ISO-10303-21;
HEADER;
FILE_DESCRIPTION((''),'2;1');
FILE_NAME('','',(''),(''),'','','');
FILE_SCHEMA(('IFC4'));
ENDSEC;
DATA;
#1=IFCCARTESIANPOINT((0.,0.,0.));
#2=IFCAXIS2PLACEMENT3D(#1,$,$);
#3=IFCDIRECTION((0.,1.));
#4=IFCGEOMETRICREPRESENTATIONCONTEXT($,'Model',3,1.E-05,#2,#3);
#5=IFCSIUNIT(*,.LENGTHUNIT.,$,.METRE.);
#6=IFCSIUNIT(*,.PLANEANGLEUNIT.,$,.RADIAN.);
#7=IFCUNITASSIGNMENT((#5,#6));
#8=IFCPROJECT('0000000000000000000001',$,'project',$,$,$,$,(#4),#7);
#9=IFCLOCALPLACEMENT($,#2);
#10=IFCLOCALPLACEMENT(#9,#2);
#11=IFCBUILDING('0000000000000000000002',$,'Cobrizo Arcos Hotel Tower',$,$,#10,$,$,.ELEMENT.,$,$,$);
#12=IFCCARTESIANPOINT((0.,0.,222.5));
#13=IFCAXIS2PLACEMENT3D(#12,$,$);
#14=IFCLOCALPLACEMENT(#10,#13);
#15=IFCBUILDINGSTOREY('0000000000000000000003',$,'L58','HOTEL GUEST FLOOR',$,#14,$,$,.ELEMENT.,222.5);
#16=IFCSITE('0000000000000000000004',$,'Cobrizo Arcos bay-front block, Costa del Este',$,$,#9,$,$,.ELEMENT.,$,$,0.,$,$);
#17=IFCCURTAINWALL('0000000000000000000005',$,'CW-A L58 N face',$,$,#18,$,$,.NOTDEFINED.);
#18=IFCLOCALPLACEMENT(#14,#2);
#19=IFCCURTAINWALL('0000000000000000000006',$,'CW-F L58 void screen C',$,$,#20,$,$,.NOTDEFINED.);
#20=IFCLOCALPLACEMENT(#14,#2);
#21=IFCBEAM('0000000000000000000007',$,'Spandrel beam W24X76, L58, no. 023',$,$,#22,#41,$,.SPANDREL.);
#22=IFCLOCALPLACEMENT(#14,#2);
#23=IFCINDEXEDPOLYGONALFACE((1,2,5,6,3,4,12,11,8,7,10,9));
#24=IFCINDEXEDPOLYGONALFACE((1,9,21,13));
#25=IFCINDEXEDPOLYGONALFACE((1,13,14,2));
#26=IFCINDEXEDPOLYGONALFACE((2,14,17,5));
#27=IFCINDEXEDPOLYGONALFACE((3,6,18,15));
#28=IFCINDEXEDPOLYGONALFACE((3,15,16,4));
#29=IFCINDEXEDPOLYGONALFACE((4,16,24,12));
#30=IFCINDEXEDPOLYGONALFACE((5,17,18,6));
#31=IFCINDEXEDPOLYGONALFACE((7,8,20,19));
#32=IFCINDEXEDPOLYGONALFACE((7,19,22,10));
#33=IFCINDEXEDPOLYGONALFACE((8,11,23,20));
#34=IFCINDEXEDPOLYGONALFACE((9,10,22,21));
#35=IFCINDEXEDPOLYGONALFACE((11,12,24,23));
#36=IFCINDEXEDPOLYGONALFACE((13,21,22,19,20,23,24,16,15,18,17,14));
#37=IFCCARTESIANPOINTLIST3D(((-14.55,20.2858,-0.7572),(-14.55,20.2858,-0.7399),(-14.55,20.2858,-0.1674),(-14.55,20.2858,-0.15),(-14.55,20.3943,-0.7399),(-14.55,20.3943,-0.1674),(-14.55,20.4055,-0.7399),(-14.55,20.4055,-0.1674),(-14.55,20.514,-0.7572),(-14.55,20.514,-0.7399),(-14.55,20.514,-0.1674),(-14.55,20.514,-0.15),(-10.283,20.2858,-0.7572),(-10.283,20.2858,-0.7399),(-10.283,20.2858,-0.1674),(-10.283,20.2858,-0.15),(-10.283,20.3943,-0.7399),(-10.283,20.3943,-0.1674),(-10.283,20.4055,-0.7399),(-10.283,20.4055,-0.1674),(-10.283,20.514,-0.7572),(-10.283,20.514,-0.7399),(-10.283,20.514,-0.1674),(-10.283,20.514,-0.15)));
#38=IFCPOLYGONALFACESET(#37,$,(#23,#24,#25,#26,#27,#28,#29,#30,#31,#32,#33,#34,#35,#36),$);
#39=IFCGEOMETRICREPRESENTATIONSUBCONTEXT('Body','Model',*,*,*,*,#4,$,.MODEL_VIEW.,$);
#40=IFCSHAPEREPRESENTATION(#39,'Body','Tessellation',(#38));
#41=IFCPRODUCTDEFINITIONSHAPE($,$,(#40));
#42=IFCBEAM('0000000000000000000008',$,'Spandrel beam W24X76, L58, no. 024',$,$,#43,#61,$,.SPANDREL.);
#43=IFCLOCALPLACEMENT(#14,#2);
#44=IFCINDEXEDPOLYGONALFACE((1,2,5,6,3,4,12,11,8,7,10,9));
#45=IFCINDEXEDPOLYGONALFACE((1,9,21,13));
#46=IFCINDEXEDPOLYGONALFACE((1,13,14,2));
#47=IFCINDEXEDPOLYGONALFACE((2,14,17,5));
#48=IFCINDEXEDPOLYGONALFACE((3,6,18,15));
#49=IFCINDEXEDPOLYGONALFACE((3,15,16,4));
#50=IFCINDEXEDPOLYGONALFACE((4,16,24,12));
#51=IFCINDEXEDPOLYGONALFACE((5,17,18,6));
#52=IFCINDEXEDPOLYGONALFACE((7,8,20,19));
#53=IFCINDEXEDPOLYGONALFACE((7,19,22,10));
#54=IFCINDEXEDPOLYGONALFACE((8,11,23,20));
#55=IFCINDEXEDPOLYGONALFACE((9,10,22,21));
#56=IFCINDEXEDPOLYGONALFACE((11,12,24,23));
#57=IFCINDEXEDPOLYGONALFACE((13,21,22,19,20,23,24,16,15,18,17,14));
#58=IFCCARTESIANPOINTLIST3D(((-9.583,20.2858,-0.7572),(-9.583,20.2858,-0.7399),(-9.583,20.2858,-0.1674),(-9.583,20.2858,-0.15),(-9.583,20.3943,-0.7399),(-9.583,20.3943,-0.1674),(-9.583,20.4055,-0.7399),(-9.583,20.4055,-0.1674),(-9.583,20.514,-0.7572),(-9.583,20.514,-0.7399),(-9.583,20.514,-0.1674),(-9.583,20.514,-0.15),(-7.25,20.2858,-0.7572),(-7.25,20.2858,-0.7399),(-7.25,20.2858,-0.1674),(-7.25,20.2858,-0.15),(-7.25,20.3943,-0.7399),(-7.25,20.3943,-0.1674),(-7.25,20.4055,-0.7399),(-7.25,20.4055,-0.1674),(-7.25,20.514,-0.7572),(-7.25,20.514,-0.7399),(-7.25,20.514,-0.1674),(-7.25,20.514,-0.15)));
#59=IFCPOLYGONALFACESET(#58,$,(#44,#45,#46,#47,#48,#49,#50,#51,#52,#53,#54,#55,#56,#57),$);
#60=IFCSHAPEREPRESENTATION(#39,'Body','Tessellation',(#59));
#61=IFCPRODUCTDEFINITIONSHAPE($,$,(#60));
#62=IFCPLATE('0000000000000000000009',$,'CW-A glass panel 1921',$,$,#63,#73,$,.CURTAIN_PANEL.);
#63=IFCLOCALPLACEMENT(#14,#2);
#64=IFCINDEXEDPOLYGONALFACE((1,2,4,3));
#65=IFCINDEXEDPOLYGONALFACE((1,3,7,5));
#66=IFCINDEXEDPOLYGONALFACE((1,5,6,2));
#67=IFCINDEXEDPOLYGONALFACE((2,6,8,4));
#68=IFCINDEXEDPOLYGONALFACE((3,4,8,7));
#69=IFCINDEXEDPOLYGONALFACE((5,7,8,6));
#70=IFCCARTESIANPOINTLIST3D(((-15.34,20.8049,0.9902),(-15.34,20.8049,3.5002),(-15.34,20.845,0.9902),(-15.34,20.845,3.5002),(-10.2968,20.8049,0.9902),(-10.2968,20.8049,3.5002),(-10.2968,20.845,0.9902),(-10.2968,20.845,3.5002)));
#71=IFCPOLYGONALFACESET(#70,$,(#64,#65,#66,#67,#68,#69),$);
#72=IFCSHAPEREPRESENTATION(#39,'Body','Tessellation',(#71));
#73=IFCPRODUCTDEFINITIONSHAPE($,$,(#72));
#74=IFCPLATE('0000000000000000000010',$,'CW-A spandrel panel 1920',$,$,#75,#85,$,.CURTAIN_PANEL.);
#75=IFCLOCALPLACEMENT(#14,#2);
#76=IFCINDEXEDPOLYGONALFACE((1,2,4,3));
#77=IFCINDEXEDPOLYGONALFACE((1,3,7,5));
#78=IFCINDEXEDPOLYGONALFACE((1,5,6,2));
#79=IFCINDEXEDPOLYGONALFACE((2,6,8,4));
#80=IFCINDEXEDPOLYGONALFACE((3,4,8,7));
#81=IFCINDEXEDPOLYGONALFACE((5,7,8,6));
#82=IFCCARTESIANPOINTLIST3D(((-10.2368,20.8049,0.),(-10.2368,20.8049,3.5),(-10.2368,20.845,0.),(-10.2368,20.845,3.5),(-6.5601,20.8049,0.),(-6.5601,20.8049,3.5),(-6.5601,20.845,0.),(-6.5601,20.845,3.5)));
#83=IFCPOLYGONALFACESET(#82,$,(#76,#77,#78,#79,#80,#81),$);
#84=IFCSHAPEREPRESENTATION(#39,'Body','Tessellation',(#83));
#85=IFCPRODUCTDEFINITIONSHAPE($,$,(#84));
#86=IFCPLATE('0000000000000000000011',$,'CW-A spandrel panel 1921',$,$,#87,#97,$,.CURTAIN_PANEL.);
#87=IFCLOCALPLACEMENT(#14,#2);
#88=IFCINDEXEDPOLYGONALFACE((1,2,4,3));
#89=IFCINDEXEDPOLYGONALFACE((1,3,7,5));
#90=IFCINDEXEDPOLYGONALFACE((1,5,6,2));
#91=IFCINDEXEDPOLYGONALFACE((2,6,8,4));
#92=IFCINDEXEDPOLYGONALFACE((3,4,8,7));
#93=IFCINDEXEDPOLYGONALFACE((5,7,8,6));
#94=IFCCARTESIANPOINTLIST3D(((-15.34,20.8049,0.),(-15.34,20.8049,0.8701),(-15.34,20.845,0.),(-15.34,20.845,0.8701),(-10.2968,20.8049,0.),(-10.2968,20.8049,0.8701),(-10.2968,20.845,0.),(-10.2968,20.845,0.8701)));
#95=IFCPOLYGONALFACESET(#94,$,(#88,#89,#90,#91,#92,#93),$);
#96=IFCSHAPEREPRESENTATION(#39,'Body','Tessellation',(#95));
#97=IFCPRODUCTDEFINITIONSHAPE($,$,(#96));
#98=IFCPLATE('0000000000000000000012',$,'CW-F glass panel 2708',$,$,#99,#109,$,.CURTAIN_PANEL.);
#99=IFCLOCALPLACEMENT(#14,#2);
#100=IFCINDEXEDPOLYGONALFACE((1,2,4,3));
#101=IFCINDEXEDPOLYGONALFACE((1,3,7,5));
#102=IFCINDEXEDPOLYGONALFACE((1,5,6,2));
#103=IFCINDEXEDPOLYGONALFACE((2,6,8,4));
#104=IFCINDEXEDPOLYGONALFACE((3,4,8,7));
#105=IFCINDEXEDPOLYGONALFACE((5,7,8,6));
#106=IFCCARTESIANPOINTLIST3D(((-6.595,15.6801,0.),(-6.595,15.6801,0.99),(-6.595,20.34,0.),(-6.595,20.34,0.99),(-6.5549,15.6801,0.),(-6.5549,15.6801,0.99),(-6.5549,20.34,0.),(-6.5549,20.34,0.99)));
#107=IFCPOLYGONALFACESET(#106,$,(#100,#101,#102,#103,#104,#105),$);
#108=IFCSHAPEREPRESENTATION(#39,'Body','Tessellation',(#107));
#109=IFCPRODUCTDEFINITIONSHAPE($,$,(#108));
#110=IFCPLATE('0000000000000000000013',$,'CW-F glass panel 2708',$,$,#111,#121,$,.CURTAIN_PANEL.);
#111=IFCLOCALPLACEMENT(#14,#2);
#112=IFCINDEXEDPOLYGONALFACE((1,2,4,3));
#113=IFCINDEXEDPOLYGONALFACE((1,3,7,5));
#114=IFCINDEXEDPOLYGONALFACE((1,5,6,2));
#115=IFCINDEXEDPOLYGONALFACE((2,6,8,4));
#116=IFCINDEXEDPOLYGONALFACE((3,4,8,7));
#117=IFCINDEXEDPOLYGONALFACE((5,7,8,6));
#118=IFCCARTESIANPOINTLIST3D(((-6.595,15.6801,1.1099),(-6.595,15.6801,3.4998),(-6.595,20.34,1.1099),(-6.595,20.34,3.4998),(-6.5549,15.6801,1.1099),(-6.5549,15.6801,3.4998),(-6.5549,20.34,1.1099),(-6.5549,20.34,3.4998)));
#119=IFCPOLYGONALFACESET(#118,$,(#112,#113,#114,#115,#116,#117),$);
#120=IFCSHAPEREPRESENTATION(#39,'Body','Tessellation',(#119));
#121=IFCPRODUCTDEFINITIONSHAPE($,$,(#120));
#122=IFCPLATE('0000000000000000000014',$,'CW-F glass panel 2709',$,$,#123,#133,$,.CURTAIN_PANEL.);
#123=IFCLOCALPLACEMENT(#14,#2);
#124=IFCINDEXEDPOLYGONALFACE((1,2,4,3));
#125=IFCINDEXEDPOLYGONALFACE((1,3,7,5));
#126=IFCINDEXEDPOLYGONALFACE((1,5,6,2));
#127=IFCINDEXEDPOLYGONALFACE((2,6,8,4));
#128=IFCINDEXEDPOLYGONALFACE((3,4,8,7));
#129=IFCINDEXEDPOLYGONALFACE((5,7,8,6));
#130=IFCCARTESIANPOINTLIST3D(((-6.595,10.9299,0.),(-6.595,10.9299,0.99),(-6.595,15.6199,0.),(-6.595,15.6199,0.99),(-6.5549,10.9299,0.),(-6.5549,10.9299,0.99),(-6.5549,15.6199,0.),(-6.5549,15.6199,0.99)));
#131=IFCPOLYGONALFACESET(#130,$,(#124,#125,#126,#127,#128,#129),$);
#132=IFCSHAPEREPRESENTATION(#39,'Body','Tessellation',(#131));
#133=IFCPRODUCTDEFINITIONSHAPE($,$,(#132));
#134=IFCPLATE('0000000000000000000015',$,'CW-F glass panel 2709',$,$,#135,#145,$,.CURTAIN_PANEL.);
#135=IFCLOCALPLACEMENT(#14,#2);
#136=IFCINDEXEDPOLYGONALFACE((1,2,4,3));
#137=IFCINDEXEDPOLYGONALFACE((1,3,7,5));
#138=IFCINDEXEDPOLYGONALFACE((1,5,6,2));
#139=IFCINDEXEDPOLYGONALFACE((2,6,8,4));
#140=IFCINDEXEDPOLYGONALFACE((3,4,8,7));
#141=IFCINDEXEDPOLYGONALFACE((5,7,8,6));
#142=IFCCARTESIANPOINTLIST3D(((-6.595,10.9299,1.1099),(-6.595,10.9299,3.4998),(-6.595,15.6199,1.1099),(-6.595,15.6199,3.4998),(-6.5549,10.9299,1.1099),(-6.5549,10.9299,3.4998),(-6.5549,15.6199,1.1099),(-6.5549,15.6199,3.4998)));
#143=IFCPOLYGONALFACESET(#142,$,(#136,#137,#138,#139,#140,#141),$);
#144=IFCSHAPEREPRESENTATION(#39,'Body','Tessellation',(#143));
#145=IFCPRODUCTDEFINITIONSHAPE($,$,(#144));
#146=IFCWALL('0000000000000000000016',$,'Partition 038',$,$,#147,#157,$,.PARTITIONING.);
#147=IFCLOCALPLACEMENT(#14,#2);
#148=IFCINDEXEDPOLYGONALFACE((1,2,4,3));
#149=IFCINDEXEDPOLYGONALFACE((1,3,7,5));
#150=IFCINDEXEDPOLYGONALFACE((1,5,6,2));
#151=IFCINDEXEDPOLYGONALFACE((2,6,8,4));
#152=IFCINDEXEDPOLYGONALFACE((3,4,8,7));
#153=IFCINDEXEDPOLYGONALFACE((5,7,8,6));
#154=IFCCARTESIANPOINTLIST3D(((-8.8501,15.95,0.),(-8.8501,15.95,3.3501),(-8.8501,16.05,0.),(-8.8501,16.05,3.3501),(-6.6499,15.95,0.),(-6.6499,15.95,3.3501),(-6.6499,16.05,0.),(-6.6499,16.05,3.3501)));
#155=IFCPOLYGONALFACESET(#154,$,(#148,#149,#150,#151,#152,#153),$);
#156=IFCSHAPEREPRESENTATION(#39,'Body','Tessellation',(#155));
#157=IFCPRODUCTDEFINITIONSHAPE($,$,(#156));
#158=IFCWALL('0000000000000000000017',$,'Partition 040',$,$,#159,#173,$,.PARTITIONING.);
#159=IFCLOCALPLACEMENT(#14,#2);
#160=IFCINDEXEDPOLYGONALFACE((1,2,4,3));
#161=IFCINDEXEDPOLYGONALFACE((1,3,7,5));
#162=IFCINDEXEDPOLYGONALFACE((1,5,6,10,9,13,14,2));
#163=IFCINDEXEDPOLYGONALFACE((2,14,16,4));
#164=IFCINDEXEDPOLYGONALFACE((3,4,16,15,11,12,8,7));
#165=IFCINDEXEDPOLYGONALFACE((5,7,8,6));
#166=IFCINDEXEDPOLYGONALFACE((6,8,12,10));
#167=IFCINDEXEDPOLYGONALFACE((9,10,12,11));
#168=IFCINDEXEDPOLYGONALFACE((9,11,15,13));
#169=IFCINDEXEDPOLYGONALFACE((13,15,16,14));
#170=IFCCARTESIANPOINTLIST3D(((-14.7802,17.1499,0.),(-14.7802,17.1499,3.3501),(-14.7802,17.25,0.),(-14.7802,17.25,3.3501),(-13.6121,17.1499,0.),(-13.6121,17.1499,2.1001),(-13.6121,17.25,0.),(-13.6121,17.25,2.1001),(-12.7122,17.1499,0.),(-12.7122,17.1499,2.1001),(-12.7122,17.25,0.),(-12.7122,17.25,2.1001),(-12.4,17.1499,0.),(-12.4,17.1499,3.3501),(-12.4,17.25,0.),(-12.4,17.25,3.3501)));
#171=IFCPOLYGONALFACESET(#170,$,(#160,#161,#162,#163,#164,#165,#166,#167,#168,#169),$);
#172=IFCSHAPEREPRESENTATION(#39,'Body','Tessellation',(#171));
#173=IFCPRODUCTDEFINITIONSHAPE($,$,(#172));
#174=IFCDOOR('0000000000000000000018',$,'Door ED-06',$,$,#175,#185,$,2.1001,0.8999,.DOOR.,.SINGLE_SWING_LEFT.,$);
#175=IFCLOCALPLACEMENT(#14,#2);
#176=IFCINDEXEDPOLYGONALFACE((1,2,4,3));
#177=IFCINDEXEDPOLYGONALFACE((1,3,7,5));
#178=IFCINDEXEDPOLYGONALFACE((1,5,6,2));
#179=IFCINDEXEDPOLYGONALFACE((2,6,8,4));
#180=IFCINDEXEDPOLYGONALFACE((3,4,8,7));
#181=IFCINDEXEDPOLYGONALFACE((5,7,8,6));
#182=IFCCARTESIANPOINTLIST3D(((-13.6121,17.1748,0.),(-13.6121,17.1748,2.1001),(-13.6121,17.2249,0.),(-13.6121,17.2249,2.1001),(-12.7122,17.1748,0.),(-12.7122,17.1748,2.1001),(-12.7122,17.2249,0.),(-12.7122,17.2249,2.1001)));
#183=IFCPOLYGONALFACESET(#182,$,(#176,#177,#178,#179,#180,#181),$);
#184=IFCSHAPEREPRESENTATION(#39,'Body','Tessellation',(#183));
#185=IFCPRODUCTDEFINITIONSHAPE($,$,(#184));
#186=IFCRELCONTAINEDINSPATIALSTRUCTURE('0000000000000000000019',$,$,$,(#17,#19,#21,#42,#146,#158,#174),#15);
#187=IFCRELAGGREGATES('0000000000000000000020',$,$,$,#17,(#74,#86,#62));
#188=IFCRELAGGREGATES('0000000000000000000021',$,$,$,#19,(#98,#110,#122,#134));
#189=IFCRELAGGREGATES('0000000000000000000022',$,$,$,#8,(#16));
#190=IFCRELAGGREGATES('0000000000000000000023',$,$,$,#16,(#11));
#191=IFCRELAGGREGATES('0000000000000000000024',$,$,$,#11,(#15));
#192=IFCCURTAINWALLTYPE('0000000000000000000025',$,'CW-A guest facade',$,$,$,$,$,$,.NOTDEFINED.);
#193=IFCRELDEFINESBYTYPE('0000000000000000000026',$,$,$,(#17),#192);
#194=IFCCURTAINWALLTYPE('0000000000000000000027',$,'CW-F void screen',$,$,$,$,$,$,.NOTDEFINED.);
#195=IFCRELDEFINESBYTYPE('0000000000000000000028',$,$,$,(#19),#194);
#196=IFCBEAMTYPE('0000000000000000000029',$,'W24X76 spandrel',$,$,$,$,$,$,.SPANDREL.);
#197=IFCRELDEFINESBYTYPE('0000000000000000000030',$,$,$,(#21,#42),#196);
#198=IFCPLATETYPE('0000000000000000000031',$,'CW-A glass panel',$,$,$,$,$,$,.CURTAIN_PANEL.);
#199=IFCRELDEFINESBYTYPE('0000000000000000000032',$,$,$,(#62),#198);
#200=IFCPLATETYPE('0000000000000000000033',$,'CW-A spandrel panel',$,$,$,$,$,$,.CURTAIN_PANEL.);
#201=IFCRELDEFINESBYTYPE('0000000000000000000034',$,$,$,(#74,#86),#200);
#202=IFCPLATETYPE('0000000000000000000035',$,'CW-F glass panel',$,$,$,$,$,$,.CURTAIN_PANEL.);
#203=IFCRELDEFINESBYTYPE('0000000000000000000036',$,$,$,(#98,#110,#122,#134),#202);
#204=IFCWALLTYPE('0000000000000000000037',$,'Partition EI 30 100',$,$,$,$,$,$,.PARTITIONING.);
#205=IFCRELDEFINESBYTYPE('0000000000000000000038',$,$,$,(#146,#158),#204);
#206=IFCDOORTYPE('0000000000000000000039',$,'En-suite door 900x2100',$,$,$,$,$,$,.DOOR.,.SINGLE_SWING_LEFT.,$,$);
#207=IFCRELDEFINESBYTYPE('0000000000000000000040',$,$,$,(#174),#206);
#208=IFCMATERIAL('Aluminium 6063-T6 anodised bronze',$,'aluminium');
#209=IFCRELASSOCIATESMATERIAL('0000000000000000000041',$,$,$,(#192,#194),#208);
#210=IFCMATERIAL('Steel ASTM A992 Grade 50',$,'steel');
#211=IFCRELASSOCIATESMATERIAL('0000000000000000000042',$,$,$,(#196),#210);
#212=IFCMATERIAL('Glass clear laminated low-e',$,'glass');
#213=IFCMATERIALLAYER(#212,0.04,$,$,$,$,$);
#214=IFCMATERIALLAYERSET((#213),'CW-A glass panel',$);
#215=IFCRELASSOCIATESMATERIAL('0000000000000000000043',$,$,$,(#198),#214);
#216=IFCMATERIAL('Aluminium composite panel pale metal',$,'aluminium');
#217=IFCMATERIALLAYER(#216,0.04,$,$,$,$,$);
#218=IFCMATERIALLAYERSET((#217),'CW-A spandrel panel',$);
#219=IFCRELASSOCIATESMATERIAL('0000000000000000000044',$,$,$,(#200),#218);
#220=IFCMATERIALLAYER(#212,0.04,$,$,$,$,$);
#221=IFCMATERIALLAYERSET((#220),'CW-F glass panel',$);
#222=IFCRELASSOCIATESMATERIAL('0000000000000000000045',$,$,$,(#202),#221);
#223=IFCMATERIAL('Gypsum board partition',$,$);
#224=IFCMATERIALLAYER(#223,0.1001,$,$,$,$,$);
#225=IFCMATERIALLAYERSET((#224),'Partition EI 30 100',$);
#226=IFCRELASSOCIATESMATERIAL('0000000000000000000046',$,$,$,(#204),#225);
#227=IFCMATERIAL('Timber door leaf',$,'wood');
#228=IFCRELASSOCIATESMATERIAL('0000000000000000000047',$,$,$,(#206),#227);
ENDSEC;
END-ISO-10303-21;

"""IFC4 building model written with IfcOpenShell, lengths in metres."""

from ifc_helpers import new_model, si_unit, direction, frame, frame_2d, origin, origin_2d, place, context, subcontext, project, spatial, rectangle, i_section, extrude, material, layer, layer_set, material_profile, profile_set, type_object, element, fill, aggregate, save


model = new_model("IFC4")

# Units and contexts
model_context = context("Model", 3, precision=1e-05, world=origin(), true_north=direction((0.0, 1.0)))
body_context = subcontext(model_context, "Body", "Model", "MODEL_VIEW")
ifc_project = project(units=[si_unit("LENGTHUNIT", "METRE"), si_unit("PLANEANGLEUNIT", "RADIAN")], contexts=[model_context])

# Site, building, storey
site_placement = place(None, origin())
site = spatial("IfcSite", under=ifc_project, at=site_placement, Name="Cobrizo Arcos bay-front block, Costa del Este", CompositionType="ELEMENT", RefElevation=0.0)
building_placement = place(site_placement, origin())
building = spatial("IfcBuilding", under=site, at=building_placement, Name="Cobrizo Arcos Hotel Tower", CompositionType="ELEMENT")
storey_placement = place(building_placement, frame((0.0, 0.0, 222.5)))
storey = spatial("IfcBuildingStorey", under=building, at=storey_placement, Name="L58", Description="HOTEL GUEST FLOOR", CompositionType="ELEMENT", Elevation=222.5)

# Curtain walls
ifc_material_1 = material(Name="Aluminium 6063-T6 anodised bronze", Category="aluminium")
curtain_wall_type_1 = type_object("IfcCurtainWallType", Name="CW-A guest facade", PredefinedType="NOTDEFINED", material=ifc_material_1)
curtain_wall_1_placement = place(storey_placement, origin())
curtain_wall_1 = element("IfcCurtainWall", 1, at=curtain_wall_1_placement, inside=storey, type_object=curtain_wall_type_1, Name="CW-A L58 N face", PredefinedType="NOTDEFINED")
curtain_wall_type_2 = type_object("IfcCurtainWallType", Name="CW-F void screen", PredefinedType="NOTDEFINED", material=ifc_material_1)
curtain_wall_2_placement = place(storey_placement, origin())
curtain_wall_2 = element("IfcCurtainWall", 2, at=curtain_wall_2_placement, inside=storey, type_object=curtain_wall_type_2, Name="CW-F L58 void screen C", PredefinedType="NOTDEFINED")

# Beams
ifc_material_2 = material(Name="Steel ASTM A992 Grade 50", Category="steel")
ifc_material_profile_1 = material_profile(ifc_material_2, i_section(OverallWidth=0.2283, OverallDepth=0.6072, WebThickness=0.0112, FlangeThickness=0.0173, at=origin_2d()), Name="W24X76")
ifc_profile_set_1 = profile_set([ifc_material_profile_1], Name="Steel ASTM A992 Grade 50")
beam_type = type_object("IfcBeamType", Name="W24X76 spandrel", PredefinedType="SPANDREL", material=ifc_profile_set_1)
beam_1_placement = place(storey_placement, frame((-14.55, 20.3999, -0.4536), z_axis=(1.0, 0.0, 0.0), x_axis=(0.0, 1.0, 0.0)))
element("IfcBeam", 3, at=beam_1_placement, inside=storey, type_object=beam_type, Name="Spandrel beam W24X76, L58, no. 023", PredefinedType="SPANDREL", context=body_context, shape_type="SweptSolid", body=[
    extrude(i_section(OverallWidth=0.2283, OverallDepth=0.6072, WebThickness=0.0112, FlangeThickness=0.0173, at=origin_2d()), origin(), (0.0, 0.0, 1.0), 4.2671),
])
beam_2_placement = place(storey_placement, frame((-9.583, 20.3999, -0.4536), z_axis=(1.0, 0.0, 0.0), x_axis=(0.0, 1.0, 0.0)))
element("IfcBeam", 4, at=beam_2_placement, inside=storey, type_object=beam_type, Name="Spandrel beam W24X76, L58, no. 024", PredefinedType="SPANDREL", context=body_context, shape_type="SweptSolid", body=[
    extrude(i_section(OverallWidth=0.2283, OverallDepth=0.6072, WebThickness=0.0112, FlangeThickness=0.0173, at=origin_2d()), origin(), (0.0, 0.0, 1.0), 2.333),
])

# Plates
ifc_material_3 = material(Name="Glass clear laminated low-e", Category="glass")
ifc_layer_1 = layer(ifc_material_3, 0.04)
ifc_layer_set_1 = layer_set([ifc_layer_1], Name="CW-A glass panel")
plate_type_1 = type_object("IfcPlateType", Name="CW-A glass panel", PredefinedType="CURTAIN_PANEL", material=ifc_layer_set_1)
plate_1_placement = place(storey_placement, frame((-12.8184, 20.825, 0.9902), z_axis=(0.0, 0.0, 1.0), x_axis=(-1.0, 0.0, 0.0)))
plate_1 = element("IfcPlate", 5, at=plate_1_placement, type_object=plate_type_1, Name="CW-A glass panel 1921", PredefinedType="CURTAIN_PANEL", context=body_context, shape_type="SweptSolid", body=[
    extrude(rectangle(XDim=5.0432, YDim=0.04, at=origin_2d()), origin(), (0.0, 0.0, 1.0), 2.51),
])
ifc_material_4 = material(Name="Aluminium composite panel pale metal", Category="aluminium")
ifc_layer_2 = layer(ifc_material_4, 0.04)
ifc_layer_set_2 = layer_set([ifc_layer_2], Name="CW-A spandrel panel")
plate_type_2 = type_object("IfcPlateType", Name="CW-A spandrel panel", PredefinedType="CURTAIN_PANEL", material=ifc_layer_set_2)
plate_2_placement = place(storey_placement, frame((-8.3984, 20.825, 0.0), z_axis=(0.0, 0.0, 1.0), x_axis=(-1.0, 0.0, 0.0)))
plate_2 = element("IfcPlate", 6, at=plate_2_placement, type_object=plate_type_2, Name="CW-A spandrel panel 1920", PredefinedType="CURTAIN_PANEL", context=body_context, shape_type="SweptSolid", body=[
    extrude(rectangle(XDim=3.6768, YDim=0.04, at=origin_2d()), origin(), (0.0, 0.0, 1.0), 3.5),
])
plate_3_placement = place(storey_placement, frame((-12.8184, 20.825, 0.0), z_axis=(0.0, 0.0, 1.0), x_axis=(-1.0, 0.0, 0.0)))
plate_3 = element("IfcPlate", 7, at=plate_3_placement, type_object=plate_type_2, Name="CW-A spandrel panel 1921", PredefinedType="CURTAIN_PANEL", context=body_context, shape_type="SweptSolid", body=[
    extrude(rectangle(XDim=5.0432, YDim=0.04, at=origin_2d()), origin(), (0.0, 0.0, 1.0), 0.8701),
])
aggregate(curtain_wall_1, [plate_2, plate_3, plate_1])
ifc_layer_3 = layer(ifc_material_3, 0.04)
ifc_layer_set_3 = layer_set([ifc_layer_3], Name="CW-F glass panel")
plate_type_3 = type_object("IfcPlateType", Name="CW-F glass panel", PredefinedType="CURTAIN_PANEL", material=ifc_layer_set_3)
plate_4_placement = place(storey_placement, frame((-6.575, 18.01, 0.0), z_axis=(0.0, 0.0, 1.0), x_axis=(0.0, -1.0, 0.0)))
plate_4 = element("IfcPlate", 8, at=plate_4_placement, type_object=plate_type_3, Name="CW-F glass panel 2708", PredefinedType="CURTAIN_PANEL", context=body_context, shape_type="SweptSolid", body=[
    extrude(rectangle(XDim=4.6599, YDim=0.04, at=origin_2d()), origin(), (0.0, 0.0, 1.0), 0.99),
])
plate_5_placement = place(storey_placement, frame((-6.575, 18.01, 1.1099), z_axis=(0.0, 0.0, 1.0), x_axis=(0.0, -1.0, 0.0)))
plate_5 = element("IfcPlate", 9, at=plate_5_placement, type_object=plate_type_3, Name="CW-F glass panel 2708", PredefinedType="CURTAIN_PANEL", context=body_context, shape_type="SweptSolid", body=[
    extrude(rectangle(XDim=4.6599, YDim=0.04, at=origin_2d()), origin(), (0.0, 0.0, 1.0), 2.3899),
])
plate_6_placement = place(storey_placement, frame((-6.575, 13.2749, 0.0), z_axis=(0.0, 0.0, 1.0), x_axis=(0.0, -1.0, 0.0)))
plate_6 = element("IfcPlate", 10, at=plate_6_placement, type_object=plate_type_3, Name="CW-F glass panel 2709", PredefinedType="CURTAIN_PANEL", context=body_context, shape_type="SweptSolid", body=[
    extrude(rectangle(XDim=4.6899, YDim=0.04, at=origin_2d()), origin(), (0.0, 0.0, 1.0), 0.99),
])
plate_7_placement = place(storey_placement, frame((-6.575, 13.2749, 1.1099), z_axis=(0.0, 0.0, 1.0), x_axis=(0.0, -1.0, 0.0)))
plate_7 = element("IfcPlate", 11, at=plate_7_placement, type_object=plate_type_3, Name="CW-F glass panel 2709", PredefinedType="CURTAIN_PANEL", context=body_context, shape_type="SweptSolid", body=[
    extrude(rectangle(XDim=4.6899, YDim=0.04, at=origin_2d()), origin(), (0.0, 0.0, 1.0), 2.3899),
])
aggregate(curtain_wall_2, [plate_4, plate_5, plate_6, plate_7])

# Wall
ifc_material_5 = material(Name="Gypsum board partition")
ifc_layer_4 = layer(ifc_material_5, 0.1001)
ifc_layer_set_4 = layer_set([ifc_layer_4], Name="Partition EI 30 100")
wall_type = type_object("IfcWallType", Name="Partition EI 30 100", PredefinedType="PARTITIONING", material=ifc_layer_set_4)
wall_1_placement = place(storey_placement, frame((-8.8501, 16.0, 0.0), z_axis=(0.0, 0.0, 1.0), x_axis=(1.0, 0.0, 0.0)))
element("IfcWall", 12, at=wall_1_placement, inside=storey, type_object=wall_type, Name="Partition 038", PredefinedType="PARTITIONING", context=body_context, shape_type="SweptSolid", body=[
    extrude(rectangle(XDim=2.2002, YDim=0.1001, at=frame_2d((1.1001, 0.0))), origin(), (0.0, 0.0, 1.0), 3.3501),
])

# Wall, opening, door
wall_2_placement = place(storey_placement, frame((-14.78, 17.2, 0.0), z_axis=(0.0, 0.0, 1.0), x_axis=(1.0, 0.0, 0.0)))
wall_2 = element("IfcWall", 13, at=wall_2_placement, inside=storey, type_object=wall_type, Name="Partition 040", PredefinedType="PARTITIONING", context=body_context, shape_type="SweptSolid", body=[
    extrude(rectangle(XDim=2.3801, YDim=0.1001, at=frame_2d((1.1899, 0.0))), origin(), (0.0, 0.0, 1.0), 3.3501),
])
opening_1_placement = place(wall_2_placement, frame((1.168, 0.0, 0.0)))
opening_1 = element("IfcOpeningElement", 14, at=opening_1_placement, cuts=wall_2, PredefinedType="OPENING", context=body_context, shape_type="SweptSolid", body=[
    extrude(rectangle(XDim=0.8999, YDim=2.1001, at=frame_2d((0.45, 1.05))), frame((0.0, 0.062, 0.0), z_axis=(0.0, -1.0, 0.0), x_axis=(1.0, 0.0, 0.0)), (0.0, 0.0, 1.0), 0.124),
])
ifc_material_6 = material(Name="Timber door leaf", Category="wood")
door_type = type_object("IfcDoorType", Name="En-suite door 900x2100", OperationType="SINGLE_SWING_LEFT", PredefinedType="DOOR", material=ifc_material_6)
door_1_placement = place(opening_1_placement, origin())
door_1 = element("IfcDoor", 15, at=door_1_placement, inside=storey, type_object=door_type, Name="Door ED-06", OperationType="SINGLE_SWING_LEFT", OverallHeight=2.1001, OverallWidth=0.8999, PredefinedType="DOOR", context=body_context, shape_type="SweptSolid", body=[
    extrude(rectangle(XDim=0.8999, YDim=2.1001, at=frame_2d((0.45, 1.05))), frame((0.0, 0.0249, 0.0), z_axis=(0.0, -1.0, 0.0), x_axis=(1.0, 0.0, 0.0)), (0.0, 0.0, 1.0), 0.05),
])
fill(opening_1, door_1)

save(model, "model.ifc")
